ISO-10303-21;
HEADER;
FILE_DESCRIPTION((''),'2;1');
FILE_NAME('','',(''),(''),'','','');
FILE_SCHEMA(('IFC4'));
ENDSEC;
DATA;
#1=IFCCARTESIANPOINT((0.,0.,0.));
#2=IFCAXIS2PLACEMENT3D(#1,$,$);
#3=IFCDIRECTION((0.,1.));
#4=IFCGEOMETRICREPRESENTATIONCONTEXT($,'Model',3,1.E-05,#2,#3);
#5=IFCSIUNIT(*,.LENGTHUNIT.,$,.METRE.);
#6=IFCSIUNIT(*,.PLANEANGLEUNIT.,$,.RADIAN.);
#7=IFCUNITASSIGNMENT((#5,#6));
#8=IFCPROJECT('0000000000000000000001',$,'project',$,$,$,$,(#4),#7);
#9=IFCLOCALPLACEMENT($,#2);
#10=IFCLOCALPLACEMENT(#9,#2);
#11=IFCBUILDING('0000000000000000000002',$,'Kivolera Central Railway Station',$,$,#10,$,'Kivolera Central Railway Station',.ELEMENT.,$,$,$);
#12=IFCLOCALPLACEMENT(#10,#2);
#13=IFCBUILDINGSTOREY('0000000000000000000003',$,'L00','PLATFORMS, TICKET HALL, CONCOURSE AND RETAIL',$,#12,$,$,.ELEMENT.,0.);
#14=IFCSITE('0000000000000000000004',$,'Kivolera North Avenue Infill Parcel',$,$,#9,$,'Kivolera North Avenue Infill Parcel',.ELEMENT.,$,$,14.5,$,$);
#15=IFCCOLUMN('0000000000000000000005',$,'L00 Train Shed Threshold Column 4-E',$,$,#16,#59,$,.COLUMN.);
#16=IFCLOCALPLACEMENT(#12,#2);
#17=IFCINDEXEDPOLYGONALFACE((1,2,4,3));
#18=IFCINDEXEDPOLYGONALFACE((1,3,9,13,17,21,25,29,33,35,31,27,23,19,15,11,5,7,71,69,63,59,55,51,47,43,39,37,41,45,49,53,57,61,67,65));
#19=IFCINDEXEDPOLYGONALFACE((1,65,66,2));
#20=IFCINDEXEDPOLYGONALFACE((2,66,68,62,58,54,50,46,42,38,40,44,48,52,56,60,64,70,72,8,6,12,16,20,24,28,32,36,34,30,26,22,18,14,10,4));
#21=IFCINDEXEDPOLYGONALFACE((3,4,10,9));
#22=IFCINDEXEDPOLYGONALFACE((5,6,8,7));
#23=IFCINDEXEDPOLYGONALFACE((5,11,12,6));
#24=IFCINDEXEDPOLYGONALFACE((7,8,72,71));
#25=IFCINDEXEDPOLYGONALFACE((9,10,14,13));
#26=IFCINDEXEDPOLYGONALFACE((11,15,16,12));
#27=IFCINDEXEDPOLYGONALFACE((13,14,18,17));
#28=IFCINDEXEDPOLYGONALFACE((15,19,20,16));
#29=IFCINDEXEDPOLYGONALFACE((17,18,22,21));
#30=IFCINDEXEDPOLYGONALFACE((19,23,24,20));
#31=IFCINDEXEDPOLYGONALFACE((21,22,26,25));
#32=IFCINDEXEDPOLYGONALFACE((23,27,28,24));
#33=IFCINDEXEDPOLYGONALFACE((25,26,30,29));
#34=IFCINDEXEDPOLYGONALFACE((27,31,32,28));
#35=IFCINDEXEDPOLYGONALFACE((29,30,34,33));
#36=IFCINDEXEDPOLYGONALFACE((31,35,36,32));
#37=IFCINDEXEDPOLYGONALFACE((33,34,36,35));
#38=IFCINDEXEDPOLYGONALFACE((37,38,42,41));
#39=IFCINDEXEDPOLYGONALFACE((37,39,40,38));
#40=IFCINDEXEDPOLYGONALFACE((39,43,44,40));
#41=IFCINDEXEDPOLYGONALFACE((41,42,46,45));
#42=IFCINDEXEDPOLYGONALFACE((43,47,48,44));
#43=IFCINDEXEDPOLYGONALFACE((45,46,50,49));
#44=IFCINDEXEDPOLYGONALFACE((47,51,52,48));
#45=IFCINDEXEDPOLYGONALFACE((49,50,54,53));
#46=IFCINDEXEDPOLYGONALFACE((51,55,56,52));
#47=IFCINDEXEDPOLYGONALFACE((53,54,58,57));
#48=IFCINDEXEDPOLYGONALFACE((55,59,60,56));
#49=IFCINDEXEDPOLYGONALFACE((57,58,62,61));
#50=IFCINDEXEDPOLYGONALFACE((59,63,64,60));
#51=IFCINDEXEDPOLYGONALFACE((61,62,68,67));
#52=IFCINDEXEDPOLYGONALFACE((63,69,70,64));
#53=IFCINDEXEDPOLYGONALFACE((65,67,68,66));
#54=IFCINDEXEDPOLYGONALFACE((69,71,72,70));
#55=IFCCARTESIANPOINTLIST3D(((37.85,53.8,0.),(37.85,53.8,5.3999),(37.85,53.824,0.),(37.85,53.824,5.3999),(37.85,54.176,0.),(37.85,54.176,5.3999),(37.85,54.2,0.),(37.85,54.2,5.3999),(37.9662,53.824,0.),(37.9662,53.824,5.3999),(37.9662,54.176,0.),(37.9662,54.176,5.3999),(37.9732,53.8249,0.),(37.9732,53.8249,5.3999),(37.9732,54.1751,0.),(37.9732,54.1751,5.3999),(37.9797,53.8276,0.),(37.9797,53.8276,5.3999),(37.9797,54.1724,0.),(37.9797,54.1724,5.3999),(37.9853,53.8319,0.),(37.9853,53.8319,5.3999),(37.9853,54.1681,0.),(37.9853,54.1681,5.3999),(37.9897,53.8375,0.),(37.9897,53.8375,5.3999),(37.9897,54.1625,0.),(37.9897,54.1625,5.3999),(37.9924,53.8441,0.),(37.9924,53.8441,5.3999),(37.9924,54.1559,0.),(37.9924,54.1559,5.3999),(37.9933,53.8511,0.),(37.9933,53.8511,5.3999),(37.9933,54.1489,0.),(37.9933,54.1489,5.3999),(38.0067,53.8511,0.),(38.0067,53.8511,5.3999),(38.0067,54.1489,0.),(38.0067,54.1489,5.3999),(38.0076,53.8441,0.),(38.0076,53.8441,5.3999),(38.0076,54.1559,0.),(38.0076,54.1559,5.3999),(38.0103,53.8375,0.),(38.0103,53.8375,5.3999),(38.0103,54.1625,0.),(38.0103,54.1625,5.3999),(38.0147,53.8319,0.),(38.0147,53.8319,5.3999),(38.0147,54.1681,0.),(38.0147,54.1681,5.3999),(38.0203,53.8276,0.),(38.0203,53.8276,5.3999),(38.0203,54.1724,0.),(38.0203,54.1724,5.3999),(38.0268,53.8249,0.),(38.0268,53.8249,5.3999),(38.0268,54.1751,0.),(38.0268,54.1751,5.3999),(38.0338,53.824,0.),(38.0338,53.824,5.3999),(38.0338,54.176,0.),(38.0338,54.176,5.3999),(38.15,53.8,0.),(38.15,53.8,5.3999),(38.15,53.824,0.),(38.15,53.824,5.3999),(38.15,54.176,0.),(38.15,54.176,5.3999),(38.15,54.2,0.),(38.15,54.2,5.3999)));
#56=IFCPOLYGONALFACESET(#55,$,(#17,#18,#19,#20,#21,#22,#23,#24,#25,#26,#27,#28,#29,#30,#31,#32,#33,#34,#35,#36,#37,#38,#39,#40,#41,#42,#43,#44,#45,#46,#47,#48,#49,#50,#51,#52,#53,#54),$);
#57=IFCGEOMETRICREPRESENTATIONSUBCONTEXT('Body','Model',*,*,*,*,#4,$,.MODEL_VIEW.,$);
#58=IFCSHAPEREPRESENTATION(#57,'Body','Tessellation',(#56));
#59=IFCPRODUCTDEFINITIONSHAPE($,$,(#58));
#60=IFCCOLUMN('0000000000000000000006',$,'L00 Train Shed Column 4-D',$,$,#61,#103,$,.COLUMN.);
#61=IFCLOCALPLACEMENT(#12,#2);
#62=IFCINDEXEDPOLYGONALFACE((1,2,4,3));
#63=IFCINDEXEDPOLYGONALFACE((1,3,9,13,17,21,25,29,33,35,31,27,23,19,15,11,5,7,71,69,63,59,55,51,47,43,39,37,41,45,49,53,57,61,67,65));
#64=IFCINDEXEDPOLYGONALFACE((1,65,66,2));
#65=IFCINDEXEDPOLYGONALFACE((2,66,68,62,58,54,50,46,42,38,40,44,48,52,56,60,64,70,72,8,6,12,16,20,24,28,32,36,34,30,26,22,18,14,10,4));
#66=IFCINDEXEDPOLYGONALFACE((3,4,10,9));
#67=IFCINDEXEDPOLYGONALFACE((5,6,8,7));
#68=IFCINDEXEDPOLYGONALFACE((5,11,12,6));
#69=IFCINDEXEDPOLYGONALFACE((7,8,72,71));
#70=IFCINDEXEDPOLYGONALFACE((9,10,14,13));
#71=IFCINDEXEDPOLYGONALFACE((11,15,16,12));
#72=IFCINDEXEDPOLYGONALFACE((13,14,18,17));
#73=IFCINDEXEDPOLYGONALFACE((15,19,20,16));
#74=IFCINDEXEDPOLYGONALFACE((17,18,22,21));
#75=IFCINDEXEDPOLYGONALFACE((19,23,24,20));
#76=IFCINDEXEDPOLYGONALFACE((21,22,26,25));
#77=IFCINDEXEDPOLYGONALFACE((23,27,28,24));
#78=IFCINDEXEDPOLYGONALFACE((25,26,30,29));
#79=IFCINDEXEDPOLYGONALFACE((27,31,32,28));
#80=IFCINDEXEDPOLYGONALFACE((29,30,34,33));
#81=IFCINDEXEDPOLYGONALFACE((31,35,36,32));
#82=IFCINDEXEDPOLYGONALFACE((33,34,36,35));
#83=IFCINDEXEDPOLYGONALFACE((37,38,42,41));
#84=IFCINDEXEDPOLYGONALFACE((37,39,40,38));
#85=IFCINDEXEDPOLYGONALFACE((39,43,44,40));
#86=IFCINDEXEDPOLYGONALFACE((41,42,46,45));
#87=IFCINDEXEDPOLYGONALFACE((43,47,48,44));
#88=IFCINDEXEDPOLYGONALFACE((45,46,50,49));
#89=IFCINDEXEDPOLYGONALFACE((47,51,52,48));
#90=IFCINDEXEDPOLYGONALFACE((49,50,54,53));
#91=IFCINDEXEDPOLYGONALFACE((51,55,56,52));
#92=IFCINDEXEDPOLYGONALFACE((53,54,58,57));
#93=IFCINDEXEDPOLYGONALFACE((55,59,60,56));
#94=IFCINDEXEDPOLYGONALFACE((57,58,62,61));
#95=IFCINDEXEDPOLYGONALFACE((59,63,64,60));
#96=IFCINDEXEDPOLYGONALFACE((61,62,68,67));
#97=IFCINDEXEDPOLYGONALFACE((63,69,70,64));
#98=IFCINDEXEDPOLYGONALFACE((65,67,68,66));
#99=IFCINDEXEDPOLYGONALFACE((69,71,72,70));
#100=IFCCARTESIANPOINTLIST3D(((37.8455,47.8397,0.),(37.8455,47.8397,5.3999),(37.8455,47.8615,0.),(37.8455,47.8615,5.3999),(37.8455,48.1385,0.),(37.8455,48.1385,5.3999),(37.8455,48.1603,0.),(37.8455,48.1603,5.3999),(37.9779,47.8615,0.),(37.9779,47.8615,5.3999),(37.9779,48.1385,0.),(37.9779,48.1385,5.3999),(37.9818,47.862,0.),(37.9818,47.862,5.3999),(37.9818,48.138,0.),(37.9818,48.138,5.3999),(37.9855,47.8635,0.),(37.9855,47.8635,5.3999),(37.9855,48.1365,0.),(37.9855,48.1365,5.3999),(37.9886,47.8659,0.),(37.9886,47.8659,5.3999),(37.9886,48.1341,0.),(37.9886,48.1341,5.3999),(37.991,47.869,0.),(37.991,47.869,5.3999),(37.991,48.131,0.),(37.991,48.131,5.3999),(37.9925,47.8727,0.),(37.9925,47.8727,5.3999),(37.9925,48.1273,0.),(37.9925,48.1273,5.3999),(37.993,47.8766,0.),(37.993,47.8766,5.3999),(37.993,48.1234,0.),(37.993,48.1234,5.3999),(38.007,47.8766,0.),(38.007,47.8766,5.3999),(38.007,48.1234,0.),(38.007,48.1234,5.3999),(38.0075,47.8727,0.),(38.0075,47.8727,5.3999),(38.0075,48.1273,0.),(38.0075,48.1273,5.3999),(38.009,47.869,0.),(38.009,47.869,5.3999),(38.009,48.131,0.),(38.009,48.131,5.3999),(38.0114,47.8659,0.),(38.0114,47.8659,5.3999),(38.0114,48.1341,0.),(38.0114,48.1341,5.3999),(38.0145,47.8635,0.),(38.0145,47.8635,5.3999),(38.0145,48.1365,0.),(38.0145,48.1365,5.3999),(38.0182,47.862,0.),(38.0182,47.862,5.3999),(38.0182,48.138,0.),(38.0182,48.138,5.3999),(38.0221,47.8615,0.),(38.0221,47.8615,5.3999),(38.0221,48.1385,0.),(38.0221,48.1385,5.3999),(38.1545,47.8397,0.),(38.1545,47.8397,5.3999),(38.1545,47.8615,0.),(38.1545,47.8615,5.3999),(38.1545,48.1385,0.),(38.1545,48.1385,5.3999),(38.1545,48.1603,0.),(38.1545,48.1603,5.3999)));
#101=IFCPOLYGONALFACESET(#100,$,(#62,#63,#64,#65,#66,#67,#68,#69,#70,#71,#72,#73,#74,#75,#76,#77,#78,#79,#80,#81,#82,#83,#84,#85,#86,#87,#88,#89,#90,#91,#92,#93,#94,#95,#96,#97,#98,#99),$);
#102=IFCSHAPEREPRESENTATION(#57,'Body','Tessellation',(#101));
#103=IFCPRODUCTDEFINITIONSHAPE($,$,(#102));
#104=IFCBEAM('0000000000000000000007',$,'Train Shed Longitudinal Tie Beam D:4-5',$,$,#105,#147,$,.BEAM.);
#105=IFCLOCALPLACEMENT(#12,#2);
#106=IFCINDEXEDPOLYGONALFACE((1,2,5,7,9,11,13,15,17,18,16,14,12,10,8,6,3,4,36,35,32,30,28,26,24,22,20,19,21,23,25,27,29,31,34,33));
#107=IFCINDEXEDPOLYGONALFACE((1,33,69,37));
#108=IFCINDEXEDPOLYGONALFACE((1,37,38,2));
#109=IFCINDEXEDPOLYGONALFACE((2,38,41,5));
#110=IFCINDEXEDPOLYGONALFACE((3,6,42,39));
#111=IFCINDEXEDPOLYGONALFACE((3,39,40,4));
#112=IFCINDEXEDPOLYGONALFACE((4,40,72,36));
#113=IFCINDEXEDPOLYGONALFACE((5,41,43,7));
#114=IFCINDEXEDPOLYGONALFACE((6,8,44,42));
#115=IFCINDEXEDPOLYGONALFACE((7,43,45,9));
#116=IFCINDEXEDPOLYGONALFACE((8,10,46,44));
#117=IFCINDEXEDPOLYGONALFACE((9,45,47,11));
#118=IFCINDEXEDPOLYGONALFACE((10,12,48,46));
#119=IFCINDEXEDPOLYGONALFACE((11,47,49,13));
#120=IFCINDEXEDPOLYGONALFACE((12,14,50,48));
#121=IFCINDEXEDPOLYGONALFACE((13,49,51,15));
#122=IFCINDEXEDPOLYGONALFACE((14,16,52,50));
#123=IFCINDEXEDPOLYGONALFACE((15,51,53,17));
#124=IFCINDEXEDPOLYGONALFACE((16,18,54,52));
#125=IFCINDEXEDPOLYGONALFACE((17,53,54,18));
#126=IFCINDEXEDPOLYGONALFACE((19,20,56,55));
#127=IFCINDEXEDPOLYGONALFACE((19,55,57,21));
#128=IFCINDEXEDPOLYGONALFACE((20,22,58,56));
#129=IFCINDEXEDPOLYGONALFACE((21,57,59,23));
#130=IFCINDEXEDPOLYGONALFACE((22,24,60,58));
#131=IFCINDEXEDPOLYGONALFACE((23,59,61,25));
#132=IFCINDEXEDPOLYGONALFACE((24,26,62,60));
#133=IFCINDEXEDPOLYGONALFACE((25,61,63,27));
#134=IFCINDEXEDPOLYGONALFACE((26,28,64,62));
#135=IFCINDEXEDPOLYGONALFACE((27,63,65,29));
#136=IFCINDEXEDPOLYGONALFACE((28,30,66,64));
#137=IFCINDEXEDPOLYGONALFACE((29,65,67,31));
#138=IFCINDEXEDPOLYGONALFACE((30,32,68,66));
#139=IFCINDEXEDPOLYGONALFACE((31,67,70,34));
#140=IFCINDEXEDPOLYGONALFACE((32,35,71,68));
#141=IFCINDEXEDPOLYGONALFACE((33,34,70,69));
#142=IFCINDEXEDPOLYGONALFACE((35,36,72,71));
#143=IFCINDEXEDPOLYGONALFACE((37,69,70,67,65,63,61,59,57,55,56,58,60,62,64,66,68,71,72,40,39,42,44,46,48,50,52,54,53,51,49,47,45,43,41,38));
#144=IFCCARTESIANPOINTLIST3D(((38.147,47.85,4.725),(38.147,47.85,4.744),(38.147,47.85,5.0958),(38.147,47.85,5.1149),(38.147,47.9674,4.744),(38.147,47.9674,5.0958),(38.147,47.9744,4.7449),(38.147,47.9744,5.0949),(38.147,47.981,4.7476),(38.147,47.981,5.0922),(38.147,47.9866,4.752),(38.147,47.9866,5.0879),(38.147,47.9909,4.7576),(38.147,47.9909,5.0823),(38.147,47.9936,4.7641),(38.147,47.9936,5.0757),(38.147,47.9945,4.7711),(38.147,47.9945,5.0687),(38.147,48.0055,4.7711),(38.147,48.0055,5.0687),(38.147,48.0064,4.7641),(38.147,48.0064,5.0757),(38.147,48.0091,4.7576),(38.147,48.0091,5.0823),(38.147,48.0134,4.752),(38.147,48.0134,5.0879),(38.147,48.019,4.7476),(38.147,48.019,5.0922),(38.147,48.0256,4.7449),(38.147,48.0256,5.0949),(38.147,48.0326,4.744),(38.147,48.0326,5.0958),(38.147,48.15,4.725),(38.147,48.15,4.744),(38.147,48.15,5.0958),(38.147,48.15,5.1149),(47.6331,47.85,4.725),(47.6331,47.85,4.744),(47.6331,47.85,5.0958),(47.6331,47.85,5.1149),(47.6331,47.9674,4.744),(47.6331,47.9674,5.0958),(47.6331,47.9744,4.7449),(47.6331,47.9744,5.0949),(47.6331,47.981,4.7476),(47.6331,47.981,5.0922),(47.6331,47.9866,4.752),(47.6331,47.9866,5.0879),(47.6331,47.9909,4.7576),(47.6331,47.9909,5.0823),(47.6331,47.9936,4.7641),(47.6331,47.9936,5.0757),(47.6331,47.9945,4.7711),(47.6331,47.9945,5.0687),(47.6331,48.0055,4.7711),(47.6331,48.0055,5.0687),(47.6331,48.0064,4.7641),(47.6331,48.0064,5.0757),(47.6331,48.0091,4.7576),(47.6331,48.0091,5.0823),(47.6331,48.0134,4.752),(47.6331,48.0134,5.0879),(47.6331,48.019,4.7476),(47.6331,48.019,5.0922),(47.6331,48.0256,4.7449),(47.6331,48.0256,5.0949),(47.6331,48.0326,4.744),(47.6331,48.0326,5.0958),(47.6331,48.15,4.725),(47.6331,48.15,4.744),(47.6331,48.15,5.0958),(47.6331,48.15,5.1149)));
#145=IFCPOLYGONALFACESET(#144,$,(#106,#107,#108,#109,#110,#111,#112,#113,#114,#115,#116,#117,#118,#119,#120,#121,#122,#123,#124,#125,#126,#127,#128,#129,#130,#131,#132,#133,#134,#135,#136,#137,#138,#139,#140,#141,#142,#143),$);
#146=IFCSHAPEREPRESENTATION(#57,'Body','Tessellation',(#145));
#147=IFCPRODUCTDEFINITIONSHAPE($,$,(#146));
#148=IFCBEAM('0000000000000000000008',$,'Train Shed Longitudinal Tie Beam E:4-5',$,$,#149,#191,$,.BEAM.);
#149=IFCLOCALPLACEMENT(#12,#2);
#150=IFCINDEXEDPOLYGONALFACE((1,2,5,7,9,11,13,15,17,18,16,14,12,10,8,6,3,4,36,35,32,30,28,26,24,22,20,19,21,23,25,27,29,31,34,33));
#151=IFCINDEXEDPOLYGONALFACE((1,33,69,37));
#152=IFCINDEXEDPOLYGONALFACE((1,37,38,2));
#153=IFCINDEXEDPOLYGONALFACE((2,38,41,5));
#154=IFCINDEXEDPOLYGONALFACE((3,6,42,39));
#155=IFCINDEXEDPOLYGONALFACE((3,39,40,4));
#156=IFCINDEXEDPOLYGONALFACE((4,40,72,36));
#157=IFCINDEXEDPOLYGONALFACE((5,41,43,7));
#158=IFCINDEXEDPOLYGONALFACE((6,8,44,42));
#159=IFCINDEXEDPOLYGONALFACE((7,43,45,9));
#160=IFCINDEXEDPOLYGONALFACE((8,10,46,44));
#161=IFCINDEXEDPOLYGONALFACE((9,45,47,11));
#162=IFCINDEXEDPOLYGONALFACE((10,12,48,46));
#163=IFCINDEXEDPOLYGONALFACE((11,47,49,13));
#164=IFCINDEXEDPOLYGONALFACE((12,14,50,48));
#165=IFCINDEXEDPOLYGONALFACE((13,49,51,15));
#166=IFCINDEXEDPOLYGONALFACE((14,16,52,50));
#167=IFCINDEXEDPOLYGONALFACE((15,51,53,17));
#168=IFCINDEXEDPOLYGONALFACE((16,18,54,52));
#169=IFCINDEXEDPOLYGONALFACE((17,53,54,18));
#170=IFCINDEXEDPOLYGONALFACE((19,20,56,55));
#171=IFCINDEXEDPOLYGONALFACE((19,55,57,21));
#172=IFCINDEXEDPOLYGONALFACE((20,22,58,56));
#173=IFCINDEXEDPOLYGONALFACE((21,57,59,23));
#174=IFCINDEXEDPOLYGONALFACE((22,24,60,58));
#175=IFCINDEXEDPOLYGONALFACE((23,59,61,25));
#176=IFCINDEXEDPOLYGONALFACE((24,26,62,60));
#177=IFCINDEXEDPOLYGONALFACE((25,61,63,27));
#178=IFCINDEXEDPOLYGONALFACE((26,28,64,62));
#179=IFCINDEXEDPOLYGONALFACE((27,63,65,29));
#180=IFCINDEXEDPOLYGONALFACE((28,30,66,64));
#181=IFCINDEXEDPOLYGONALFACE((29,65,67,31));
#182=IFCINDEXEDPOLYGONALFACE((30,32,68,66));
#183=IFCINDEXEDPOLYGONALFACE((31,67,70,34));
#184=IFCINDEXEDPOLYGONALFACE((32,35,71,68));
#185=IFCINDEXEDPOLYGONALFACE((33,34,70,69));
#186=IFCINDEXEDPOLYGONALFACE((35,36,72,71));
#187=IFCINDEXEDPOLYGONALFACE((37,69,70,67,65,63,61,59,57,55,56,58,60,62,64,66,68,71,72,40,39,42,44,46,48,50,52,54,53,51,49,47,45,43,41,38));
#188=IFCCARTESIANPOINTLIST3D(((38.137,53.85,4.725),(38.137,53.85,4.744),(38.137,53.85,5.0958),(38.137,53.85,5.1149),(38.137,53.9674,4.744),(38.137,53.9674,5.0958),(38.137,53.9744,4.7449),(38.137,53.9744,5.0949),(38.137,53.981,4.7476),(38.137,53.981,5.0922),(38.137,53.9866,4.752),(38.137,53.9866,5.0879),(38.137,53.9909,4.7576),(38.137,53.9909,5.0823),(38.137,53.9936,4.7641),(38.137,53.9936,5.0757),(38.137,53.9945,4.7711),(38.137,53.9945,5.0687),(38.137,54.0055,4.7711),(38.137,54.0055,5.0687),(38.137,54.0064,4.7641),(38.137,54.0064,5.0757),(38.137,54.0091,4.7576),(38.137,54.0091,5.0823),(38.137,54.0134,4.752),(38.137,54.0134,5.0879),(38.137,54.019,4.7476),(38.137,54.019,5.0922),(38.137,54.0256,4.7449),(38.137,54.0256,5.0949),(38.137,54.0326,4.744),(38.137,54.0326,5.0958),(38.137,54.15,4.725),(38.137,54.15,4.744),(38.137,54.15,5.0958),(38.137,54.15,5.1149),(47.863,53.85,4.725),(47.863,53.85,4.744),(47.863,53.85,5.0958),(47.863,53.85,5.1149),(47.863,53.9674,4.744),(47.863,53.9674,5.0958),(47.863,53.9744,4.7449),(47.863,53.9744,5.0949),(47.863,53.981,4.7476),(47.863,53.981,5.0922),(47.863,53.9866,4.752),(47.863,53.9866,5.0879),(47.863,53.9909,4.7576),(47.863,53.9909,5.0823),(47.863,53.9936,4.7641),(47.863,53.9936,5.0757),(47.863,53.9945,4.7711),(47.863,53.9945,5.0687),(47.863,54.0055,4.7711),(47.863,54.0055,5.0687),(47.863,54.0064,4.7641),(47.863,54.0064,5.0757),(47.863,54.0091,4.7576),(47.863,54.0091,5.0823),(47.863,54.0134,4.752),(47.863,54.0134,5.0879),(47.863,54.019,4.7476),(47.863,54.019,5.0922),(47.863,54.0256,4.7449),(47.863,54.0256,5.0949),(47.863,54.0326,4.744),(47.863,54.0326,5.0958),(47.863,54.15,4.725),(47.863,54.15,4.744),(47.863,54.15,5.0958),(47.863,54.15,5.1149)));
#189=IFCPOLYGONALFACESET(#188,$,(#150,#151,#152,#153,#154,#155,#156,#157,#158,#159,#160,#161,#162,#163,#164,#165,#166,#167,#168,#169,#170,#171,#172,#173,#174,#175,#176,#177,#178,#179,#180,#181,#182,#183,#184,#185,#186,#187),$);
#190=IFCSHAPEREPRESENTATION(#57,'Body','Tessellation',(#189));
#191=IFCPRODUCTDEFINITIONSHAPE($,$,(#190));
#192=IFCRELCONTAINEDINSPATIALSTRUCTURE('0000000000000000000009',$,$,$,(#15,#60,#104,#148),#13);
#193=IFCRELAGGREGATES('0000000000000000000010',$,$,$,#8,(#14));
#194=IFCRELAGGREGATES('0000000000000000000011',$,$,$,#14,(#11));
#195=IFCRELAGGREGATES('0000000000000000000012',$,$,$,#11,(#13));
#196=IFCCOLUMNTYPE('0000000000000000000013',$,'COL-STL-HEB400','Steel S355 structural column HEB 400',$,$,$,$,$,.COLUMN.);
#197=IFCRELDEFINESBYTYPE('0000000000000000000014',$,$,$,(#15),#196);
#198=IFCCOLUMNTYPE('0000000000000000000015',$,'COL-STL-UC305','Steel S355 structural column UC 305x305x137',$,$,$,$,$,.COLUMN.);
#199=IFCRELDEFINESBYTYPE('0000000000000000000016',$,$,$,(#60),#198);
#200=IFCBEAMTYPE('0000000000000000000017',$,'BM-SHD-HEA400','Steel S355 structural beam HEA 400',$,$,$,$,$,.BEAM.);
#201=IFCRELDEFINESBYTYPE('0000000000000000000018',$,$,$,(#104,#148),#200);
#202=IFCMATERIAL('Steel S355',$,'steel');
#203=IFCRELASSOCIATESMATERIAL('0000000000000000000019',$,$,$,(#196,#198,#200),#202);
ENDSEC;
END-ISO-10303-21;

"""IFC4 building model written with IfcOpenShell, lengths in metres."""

from ifc_helpers import new_model, si_unit, direction, frame, origin, origin_2d, place, context, subcontext, project, spatial, i_section, extrude, material, material_profile, profile_set, type_object, element, save


model = new_model("IFC4")

# Units and contexts
model_context = context("Model", 3, precision=1e-05, world=origin(), true_north=direction((0.0, 1.0)))
body_context = subcontext(model_context, "Body", "Model", "MODEL_VIEW")
ifc_project = project(units=[si_unit("LENGTHUNIT", "METRE"), si_unit("PLANEANGLEUNIT", "RADIAN")], contexts=[model_context])

# Site, building, storey
site_placement = place(None, origin())
site = spatial("IfcSite", under=ifc_project, at=site_placement, Name="Kivolera North Avenue Infill Parcel", LongName="Kivolera North Avenue Infill Parcel", CompositionType="ELEMENT", RefElevation=14.5)
building_placement = place(site_placement, origin())
building = spatial("IfcBuilding", under=site, at=building_placement, Name="Kivolera Central Railway Station", LongName="Kivolera Central Railway Station", CompositionType="ELEMENT")
storey_placement = place(building_placement, origin())
storey = spatial("IfcBuildingStorey", under=building, at=storey_placement, Name="L00", Description="PLATFORMS, TICKET HALL, CONCOURSE AND RETAIL", CompositionType="ELEMENT", Elevation=0.0)

# Columns
ifc_material_1 = material(Name="Steel S355", Category="steel")
ifc_material_profile_1 = material_profile(ifc_material_1, i_section(OverallWidth=0.3, OverallDepth=0.3999, WebThickness=0.0134, FlangeThickness=0.0239, FilletRadius=0.0271, at=origin_2d()), Name="HEB 400")
ifc_profile_set_1 = profile_set([ifc_material_profile_1], Name="Steel S355")
column_type_1 = type_object("IfcColumnType", Name="COL-STL-HEB400", Description="Steel S355 structural column HEB 400", PredefinedType="COLUMN", material=ifc_profile_set_1)
column_1_placement = place(storey_placement, frame((38.0, 54.0, 0.0), z_axis=(0.0, 0.0, 1.0), x_axis=(1.0, 0.0, 0.0)))
element("IfcColumn", 1, at=column_1_placement, inside=storey, type_object=column_type_1, Name="L00 Train Shed Threshold Column 4-E", PredefinedType="COLUMN", context=body_context, shape_type="SweptSolid", body=[
    extrude(i_section(OverallWidth=0.3, OverallDepth=0.3999, WebThickness=0.0134, FlangeThickness=0.0239, FilletRadius=0.0271, at=origin_2d()), origin(), (0.0, 0.0, 1.0), 5.3999),
])
ifc_material_profile_2 = material_profile(ifc_material_1, i_section(OverallWidth=0.3091, OverallDepth=0.3206, WebThickness=0.0139, FlangeThickness=0.0217, FilletRadius=0.0151, at=origin_2d()), Name="UC 305x305x137")
ifc_profile_set_2 = profile_set([ifc_material_profile_2], Name="Steel S355")
column_type_2 = type_object("IfcColumnType", Name="COL-STL-UC305", Description="Steel S355 structural column UC 305x305x137", PredefinedType="COLUMN", material=ifc_profile_set_2)
column_2_placement = place(storey_placement, frame((38.0, 48.0, 0.0), z_axis=(0.0, 0.0, 1.0), x_axis=(1.0, 0.0, 0.0)))
element("IfcColumn", 2, at=column_2_placement, inside=storey, type_object=column_type_2, Name="L00 Train Shed Column 4-D", PredefinedType="COLUMN", context=body_context, shape_type="SweptSolid", body=[
    extrude(i_section(OverallWidth=0.3091, OverallDepth=0.3206, WebThickness=0.0139, FlangeThickness=0.0217, FilletRadius=0.0151, at=origin_2d()), origin(), (0.0, 0.0, 1.0), 5.3999),
])

# Beams
ifc_material_profile_3 = material_profile(ifc_material_1, i_section(OverallWidth=0.3, OverallDepth=0.3899, WebThickness=0.011, FlangeThickness=0.019, FilletRadius=0.0271, at=origin_2d()), Name="HEA 400")
ifc_profile_set_3 = profile_set([ifc_material_profile_3], Name="Steel S355")
beam_type = type_object("IfcBeamType", Name="BM-SHD-HEA400", Description="Steel S355 structural beam HEA 400", PredefinedType="BEAM", material=ifc_profile_set_3)
beam_1_placement = place(storey_placement, frame((38.147, 48.0, 4.9199), z_axis=(1.0, 0.0, 0.0), x_axis=(0.0, 1.0, 0.0)))
element("IfcBeam", 3, at=beam_1_placement, inside=storey, type_object=beam_type, Name="Train Shed Longitudinal Tie Beam D:4-5", PredefinedType="BEAM", context=body_context, shape_type="SweptSolid", body=[
    extrude(i_section(OverallWidth=0.3, OverallDepth=0.3899, WebThickness=0.011, FlangeThickness=0.019, FilletRadius=0.0271, at=origin_2d()), origin(), (0.0, 0.0, 1.0), 9.4861),
])
beam_2_placement = place(storey_placement, frame((38.137, 54.0, 4.9199), z_axis=(1.0, 0.0, 0.0), x_axis=(0.0, 1.0, 0.0)))
element("IfcBeam", 4, at=beam_2_placement, inside=storey, type_object=beam_type, Name="Train Shed Longitudinal Tie Beam E:4-5", PredefinedType="BEAM", context=body_context, shape_type="SweptSolid", body=[
    extrude(i_section(OverallWidth=0.3, OverallDepth=0.3899, WebThickness=0.011, FlangeThickness=0.019, FilletRadius=0.0271, at=origin_2d()), origin(), (0.0, 0.0, 1.0), 9.7261),
])

save(model, "model.ifc")
